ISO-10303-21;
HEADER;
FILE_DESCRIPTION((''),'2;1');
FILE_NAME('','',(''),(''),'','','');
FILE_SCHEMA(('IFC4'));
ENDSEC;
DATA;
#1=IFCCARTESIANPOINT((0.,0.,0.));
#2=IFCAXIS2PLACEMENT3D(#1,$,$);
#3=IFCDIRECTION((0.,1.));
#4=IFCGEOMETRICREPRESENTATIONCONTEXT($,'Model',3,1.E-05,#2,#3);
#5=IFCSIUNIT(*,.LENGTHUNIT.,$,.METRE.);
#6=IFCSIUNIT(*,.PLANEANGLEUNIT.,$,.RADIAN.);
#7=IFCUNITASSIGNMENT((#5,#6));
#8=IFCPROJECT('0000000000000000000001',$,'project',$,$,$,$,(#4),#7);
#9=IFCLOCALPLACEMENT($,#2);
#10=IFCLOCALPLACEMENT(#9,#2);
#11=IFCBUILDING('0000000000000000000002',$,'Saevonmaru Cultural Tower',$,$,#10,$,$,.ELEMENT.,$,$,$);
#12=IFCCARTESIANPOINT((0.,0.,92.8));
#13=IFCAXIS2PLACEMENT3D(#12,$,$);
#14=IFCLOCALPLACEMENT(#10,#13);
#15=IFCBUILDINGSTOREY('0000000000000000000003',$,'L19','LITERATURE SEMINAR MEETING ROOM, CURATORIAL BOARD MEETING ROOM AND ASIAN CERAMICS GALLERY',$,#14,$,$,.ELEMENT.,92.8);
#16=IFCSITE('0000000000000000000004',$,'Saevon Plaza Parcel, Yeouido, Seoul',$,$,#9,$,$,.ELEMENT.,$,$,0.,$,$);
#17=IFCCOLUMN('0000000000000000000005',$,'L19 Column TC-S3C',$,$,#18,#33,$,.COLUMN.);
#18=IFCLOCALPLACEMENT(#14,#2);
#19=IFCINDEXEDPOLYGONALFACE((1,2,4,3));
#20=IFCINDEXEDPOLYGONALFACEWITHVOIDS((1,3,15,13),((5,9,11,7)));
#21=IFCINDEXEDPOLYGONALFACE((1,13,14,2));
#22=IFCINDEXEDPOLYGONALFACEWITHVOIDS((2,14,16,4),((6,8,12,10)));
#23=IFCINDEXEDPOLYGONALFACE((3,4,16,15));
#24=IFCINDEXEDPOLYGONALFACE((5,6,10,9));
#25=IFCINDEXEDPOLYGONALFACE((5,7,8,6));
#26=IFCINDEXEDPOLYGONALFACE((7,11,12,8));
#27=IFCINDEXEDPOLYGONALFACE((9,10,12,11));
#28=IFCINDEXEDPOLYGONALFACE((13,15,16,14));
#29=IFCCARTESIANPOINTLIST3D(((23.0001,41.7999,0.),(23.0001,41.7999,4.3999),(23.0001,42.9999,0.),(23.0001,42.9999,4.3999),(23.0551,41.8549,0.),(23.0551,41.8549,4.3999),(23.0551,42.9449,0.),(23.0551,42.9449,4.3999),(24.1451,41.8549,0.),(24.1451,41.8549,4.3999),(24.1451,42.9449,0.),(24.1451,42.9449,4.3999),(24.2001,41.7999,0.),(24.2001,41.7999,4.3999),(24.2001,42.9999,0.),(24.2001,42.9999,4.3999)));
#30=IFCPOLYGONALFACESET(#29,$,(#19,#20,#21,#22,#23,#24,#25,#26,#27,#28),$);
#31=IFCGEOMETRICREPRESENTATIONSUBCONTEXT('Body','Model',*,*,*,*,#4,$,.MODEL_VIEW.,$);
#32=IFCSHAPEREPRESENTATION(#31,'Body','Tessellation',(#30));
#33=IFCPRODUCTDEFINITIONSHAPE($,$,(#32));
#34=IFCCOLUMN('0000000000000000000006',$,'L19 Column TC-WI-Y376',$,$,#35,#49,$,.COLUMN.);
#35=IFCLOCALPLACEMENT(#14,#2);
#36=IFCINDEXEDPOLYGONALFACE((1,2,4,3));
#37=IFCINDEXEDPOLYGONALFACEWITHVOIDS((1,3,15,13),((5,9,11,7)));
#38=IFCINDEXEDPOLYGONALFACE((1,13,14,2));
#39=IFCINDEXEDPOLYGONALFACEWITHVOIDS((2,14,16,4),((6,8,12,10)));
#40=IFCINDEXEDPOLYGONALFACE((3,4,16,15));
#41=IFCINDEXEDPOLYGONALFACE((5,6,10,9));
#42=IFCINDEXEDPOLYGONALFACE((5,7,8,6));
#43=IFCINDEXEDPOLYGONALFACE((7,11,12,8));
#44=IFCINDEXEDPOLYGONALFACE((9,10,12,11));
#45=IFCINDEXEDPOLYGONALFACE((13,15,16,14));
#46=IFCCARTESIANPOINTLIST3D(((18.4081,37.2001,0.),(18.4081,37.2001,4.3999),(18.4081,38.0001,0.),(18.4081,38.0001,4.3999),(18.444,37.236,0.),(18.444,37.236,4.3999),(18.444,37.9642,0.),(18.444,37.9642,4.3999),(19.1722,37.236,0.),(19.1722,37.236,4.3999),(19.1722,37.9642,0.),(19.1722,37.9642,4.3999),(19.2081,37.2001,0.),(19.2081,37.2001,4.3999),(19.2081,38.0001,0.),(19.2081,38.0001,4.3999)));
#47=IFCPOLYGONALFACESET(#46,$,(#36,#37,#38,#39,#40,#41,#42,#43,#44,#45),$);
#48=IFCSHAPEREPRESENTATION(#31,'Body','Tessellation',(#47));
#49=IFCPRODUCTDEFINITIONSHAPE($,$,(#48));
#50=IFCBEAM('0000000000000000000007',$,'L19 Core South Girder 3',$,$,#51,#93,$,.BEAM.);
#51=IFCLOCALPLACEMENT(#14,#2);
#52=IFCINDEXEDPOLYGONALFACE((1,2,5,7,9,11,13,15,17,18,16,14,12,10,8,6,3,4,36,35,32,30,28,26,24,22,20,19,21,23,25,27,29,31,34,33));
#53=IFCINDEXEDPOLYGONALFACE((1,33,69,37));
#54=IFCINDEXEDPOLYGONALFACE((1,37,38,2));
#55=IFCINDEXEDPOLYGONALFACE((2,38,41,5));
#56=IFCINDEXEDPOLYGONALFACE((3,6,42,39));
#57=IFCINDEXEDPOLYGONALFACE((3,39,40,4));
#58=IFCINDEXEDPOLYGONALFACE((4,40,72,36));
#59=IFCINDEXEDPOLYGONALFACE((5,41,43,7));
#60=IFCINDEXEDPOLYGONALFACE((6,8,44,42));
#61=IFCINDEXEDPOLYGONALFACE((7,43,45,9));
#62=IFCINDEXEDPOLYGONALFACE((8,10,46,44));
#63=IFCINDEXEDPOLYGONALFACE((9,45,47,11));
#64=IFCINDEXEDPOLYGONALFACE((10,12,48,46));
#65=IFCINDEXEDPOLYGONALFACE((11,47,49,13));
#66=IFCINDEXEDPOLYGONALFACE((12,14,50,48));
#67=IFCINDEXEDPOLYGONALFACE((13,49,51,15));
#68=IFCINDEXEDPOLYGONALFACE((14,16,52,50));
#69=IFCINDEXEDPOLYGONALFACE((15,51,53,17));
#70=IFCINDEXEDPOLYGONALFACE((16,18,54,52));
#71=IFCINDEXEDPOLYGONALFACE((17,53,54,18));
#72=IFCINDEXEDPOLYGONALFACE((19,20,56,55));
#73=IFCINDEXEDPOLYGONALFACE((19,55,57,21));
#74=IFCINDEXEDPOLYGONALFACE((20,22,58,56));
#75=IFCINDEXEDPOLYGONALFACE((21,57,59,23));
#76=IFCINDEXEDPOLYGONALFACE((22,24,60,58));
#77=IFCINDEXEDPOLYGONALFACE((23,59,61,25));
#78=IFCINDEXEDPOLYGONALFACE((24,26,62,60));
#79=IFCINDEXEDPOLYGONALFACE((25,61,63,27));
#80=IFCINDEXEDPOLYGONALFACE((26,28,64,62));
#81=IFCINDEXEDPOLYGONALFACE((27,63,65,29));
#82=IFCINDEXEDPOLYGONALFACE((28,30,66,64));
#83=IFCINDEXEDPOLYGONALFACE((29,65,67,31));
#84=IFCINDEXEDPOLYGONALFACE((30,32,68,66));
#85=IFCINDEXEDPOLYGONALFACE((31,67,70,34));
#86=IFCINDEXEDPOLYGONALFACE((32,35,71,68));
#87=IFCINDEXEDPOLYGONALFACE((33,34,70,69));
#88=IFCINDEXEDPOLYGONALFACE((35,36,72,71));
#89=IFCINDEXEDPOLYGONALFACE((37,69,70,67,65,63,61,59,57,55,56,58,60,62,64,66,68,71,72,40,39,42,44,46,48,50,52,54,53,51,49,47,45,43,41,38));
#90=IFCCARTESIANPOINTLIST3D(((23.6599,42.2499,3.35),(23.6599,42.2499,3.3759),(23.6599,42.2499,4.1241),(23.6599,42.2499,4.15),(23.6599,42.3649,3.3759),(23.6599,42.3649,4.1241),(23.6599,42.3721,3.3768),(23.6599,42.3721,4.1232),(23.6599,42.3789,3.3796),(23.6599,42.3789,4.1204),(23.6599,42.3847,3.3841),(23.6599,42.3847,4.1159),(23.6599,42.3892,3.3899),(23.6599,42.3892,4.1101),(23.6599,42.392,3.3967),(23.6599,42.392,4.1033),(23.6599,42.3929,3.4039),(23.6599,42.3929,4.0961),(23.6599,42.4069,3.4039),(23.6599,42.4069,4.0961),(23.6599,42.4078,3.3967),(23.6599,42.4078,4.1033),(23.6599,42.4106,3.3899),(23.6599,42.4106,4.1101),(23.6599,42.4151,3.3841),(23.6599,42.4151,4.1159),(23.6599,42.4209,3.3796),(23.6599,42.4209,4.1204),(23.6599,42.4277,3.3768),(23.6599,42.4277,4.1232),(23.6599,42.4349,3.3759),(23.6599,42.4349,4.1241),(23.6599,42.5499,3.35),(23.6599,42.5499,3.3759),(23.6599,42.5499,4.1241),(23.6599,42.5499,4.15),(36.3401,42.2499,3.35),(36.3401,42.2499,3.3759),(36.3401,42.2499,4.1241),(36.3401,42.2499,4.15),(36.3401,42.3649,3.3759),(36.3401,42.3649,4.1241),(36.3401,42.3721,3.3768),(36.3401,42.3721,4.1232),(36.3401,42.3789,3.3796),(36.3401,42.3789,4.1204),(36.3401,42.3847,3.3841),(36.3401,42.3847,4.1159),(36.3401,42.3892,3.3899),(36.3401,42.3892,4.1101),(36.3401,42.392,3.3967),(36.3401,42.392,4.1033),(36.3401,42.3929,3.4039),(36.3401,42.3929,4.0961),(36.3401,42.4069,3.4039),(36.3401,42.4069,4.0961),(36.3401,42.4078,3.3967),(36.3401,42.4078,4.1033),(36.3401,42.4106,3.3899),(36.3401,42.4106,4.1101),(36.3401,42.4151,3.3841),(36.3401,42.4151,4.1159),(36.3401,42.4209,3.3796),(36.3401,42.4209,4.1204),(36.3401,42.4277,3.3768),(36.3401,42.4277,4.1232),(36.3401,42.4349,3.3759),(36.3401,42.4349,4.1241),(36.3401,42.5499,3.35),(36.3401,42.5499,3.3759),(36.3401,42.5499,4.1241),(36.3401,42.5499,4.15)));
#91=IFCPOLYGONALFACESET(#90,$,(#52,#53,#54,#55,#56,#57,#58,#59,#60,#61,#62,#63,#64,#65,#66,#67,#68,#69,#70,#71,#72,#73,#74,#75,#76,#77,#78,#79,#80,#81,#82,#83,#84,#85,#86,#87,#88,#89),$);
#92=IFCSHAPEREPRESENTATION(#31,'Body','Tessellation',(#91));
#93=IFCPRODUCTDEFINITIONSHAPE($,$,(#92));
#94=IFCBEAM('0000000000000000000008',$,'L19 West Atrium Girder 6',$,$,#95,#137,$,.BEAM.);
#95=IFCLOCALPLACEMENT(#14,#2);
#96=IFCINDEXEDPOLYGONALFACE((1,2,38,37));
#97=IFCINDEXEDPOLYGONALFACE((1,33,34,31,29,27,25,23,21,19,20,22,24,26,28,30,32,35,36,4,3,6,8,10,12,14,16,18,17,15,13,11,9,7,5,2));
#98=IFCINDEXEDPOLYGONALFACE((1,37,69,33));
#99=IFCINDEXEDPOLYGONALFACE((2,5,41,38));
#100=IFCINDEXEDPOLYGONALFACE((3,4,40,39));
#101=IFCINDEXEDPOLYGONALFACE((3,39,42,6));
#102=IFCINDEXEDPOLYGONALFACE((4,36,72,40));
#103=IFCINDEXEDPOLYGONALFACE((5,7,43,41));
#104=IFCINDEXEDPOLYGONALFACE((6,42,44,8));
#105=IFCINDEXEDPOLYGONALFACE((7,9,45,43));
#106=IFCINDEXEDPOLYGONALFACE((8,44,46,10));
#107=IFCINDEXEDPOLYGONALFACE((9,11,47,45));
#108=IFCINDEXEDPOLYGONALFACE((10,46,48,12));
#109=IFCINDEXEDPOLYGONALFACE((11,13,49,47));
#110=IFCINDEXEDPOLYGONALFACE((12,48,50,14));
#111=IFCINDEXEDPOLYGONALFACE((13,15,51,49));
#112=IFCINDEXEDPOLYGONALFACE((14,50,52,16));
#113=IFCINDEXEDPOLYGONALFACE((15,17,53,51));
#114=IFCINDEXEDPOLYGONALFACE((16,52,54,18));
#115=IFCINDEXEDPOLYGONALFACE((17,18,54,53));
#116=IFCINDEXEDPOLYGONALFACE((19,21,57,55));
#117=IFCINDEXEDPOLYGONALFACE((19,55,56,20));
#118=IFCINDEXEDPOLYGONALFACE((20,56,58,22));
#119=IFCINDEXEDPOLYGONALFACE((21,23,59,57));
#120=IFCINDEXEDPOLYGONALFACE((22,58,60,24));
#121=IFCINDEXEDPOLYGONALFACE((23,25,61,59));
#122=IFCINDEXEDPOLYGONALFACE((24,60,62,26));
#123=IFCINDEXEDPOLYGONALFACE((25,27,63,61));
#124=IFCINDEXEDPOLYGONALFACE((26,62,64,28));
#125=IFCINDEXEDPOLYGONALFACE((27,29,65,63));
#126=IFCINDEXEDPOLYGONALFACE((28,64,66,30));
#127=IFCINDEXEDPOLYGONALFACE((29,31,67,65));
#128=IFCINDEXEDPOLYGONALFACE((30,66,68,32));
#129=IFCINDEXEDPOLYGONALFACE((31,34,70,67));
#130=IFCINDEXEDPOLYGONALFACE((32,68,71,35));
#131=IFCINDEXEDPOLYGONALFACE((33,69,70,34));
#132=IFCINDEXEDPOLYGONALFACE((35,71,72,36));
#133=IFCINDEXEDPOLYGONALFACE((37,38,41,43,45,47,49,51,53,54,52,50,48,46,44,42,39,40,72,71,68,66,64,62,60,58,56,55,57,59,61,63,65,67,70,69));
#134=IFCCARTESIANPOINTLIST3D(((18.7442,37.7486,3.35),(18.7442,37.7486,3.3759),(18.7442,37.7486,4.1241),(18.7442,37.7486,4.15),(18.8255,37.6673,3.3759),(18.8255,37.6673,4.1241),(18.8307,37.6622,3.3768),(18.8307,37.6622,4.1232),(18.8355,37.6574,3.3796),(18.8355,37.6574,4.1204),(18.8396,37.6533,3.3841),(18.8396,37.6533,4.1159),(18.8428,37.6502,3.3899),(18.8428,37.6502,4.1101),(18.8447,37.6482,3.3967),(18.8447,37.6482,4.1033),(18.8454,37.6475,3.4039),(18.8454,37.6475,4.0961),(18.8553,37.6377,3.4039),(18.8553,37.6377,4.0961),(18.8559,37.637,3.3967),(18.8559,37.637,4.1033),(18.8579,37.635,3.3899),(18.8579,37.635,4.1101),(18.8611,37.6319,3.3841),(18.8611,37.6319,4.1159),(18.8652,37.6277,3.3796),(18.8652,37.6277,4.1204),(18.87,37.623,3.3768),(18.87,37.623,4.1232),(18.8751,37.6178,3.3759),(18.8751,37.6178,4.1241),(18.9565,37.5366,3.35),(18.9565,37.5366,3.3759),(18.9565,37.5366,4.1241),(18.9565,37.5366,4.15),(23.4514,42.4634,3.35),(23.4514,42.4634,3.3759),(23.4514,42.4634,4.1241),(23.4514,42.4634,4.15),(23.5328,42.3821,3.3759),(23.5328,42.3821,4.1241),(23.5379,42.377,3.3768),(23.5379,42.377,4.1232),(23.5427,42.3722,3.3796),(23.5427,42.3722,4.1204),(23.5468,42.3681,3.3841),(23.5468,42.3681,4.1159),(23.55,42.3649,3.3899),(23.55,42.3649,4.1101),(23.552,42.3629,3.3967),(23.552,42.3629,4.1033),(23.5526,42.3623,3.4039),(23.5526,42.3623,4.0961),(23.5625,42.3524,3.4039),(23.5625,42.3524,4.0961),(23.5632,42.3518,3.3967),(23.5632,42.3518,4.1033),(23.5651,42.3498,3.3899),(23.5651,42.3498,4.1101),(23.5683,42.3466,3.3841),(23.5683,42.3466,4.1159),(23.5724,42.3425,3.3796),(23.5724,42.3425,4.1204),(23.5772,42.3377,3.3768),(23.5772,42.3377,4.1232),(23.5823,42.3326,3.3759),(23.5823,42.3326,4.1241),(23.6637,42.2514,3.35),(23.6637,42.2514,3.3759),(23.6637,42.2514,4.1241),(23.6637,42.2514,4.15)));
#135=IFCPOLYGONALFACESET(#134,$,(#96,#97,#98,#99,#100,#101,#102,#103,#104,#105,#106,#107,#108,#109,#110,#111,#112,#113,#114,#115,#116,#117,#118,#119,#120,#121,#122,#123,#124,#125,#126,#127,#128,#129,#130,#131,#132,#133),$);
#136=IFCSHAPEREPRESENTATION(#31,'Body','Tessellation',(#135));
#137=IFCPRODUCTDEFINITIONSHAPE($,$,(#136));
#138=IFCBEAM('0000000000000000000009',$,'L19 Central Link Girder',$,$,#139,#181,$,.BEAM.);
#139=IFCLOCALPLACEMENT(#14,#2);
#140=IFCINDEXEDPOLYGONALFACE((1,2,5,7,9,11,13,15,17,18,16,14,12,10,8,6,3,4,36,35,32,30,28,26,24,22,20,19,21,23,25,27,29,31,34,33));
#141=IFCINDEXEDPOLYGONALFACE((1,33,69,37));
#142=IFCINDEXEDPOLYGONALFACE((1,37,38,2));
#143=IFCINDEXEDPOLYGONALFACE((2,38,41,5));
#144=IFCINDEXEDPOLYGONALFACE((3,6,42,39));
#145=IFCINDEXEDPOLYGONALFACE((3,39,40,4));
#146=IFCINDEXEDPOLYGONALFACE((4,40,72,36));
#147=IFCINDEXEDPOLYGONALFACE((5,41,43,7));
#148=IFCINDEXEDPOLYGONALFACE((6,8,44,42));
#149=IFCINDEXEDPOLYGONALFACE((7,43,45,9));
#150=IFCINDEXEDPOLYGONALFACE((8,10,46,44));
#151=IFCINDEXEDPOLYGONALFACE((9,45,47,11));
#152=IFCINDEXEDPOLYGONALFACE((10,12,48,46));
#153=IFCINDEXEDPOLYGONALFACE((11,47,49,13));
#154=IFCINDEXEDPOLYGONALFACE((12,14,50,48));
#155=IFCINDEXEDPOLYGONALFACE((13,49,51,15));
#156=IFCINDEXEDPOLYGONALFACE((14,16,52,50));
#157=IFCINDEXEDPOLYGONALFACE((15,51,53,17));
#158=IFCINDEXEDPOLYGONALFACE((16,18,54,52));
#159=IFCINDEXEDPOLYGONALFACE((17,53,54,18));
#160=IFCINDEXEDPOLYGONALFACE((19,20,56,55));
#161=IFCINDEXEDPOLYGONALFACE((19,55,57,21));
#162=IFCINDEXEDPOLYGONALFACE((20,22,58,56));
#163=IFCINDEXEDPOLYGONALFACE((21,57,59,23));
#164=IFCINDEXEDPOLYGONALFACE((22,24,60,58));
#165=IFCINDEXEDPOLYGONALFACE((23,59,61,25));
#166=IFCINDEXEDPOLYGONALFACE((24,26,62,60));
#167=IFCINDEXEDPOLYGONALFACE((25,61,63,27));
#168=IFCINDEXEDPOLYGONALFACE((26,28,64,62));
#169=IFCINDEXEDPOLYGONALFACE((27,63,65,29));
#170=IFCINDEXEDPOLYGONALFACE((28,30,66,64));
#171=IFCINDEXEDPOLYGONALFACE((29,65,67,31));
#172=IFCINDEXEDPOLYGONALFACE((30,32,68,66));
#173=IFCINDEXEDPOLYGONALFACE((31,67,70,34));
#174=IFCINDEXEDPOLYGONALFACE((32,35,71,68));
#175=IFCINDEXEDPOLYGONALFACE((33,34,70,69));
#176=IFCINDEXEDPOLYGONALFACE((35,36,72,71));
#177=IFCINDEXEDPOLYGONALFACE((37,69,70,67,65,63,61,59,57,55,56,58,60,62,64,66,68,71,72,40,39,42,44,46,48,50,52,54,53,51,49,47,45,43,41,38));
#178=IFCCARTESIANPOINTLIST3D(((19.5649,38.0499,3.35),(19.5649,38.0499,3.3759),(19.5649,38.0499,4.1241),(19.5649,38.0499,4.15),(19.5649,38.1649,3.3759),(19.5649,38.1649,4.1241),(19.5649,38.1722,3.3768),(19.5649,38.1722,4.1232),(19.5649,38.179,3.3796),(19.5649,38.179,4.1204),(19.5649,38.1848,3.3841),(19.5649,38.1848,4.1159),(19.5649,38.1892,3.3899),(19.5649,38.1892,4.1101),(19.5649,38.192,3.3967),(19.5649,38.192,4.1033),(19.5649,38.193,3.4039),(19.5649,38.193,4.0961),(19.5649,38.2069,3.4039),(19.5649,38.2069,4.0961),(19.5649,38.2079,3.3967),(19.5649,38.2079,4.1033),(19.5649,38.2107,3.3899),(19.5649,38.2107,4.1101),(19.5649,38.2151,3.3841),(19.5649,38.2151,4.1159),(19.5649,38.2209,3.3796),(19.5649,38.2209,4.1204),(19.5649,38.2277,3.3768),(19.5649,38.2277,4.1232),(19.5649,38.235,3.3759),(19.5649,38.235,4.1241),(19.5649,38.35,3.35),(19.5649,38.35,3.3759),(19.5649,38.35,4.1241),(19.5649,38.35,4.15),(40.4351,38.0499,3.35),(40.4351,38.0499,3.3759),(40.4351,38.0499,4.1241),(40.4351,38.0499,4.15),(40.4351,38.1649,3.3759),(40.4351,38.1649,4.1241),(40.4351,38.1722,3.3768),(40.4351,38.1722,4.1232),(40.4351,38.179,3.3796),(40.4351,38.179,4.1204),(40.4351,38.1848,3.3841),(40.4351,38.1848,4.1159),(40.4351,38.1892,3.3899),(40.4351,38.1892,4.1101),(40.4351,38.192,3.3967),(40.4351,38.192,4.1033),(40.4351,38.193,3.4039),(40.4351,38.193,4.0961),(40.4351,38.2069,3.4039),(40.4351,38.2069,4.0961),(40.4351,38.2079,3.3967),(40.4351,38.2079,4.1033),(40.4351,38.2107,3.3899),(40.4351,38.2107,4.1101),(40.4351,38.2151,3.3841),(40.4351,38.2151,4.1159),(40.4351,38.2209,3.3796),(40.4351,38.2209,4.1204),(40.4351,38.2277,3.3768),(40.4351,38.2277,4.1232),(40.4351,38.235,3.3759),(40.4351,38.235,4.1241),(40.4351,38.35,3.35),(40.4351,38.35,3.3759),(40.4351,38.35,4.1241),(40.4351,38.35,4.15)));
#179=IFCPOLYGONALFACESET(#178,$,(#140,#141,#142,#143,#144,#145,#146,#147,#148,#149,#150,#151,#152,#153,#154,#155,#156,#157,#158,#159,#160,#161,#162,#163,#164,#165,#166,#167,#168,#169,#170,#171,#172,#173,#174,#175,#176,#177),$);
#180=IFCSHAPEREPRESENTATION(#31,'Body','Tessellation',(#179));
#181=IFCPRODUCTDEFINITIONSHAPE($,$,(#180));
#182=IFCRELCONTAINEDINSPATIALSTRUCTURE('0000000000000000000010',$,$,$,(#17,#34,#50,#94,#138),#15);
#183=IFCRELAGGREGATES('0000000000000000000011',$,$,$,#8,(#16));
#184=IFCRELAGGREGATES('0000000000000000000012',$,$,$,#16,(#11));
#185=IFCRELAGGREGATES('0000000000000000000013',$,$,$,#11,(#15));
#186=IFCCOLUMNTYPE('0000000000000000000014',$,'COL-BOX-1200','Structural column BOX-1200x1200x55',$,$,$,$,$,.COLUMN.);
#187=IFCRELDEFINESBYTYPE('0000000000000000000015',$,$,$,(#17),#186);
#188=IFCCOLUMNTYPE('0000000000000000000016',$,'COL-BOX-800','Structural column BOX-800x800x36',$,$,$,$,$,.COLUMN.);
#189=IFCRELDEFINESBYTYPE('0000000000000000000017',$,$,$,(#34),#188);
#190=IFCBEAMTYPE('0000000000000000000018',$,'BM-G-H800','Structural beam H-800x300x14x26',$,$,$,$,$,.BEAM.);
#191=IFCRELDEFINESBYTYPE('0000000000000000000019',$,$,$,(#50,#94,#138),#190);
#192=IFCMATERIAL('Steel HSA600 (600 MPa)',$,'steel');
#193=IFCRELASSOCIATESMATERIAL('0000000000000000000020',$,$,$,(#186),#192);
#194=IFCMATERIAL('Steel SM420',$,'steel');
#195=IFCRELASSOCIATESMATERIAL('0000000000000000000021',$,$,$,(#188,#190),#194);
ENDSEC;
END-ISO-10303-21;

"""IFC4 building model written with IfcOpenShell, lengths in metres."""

from ifc_helpers import new_model, si_unit, direction, frame, origin, origin_2d, place, context, subcontext, project, spatial, hollow_rectangle, i_section, extrude, material, material_profile, profile_set, type_object, element, save


model = new_model("IFC4")

# Units and contexts
model_context = context("Model", 3, precision=1e-05, world=origin(), true_north=direction((0.0, 1.0)))
body_context = subcontext(model_context, "Body", "Model", "MODEL_VIEW")
ifc_project = project(units=[si_unit("LENGTHUNIT", "METRE"), si_unit("PLANEANGLEUNIT", "RADIAN")], contexts=[model_context])

# Site, building, storey
site_placement = place(None, origin())
site = spatial("IfcSite", under=ifc_project, at=site_placement, Name="Saevon Plaza Parcel, Yeouido, Seoul", CompositionType="ELEMENT", RefElevation=0.0)
building_placement = place(site_placement, origin())
building = spatial("IfcBuilding", under=site, at=building_placement, Name="Saevonmaru Cultural Tower", CompositionType="ELEMENT")
storey_placement = place(building_placement, frame((0.0, 0.0, 92.8)))
storey = spatial("IfcBuildingStorey", under=building, at=storey_placement, Name="L19", Description="LITERATURE SEMINAR MEETING ROOM, CURATORIAL BOARD MEETING ROOM AND ASIAN CERAMICS GALLERY", CompositionType="ELEMENT", Elevation=92.8)

# Columns
ifc_material_1 = material(Name="Steel HSA600 (600 MPa)", Category="steel")
ifc_material_profile_1 = material_profile(ifc_material_1, hollow_rectangle(XDim=1.2, YDim=1.2, WallThickness=0.0549, at=origin_2d()), Name="BOX-1200x1200x55")
ifc_profile_set_1 = profile_set([ifc_material_profile_1], Name="Steel HSA600 (600 MPa)")
column_type_1 = type_object("IfcColumnType", Name="COL-BOX-1200", Description="Structural column BOX-1200x1200x55", PredefinedType="COLUMN", material=ifc_profile_set_1)
column_1_placement = place(storey_placement, frame((23.6001, 42.3999, 0.0), z_axis=(0.0, 0.0, 1.0), x_axis=(1.0, 0.0, 0.0)))
element("IfcColumn", 1, at=column_1_placement, inside=storey, type_object=column_type_1, Name="L19 Column TC-S3C", PredefinedType="COLUMN", context=body_context, shape_type="SweptSolid", body=[
    extrude(hollow_rectangle(XDim=1.2, YDim=1.2, WallThickness=0.0549, at=origin_2d()), origin(), (0.0, 0.0, 1.0), 4.3999),
])
ifc_material_2 = material(Name="Steel SM420", Category="steel")
ifc_material_profile_2 = material_profile(ifc_material_2, hollow_rectangle(XDim=0.8, YDim=0.8, WallThickness=0.0359, at=origin_2d()), Name="BOX-800x800x36")
ifc_profile_set_2 = profile_set([ifc_material_profile_2], Name="Steel SM420")
column_type_2 = type_object("IfcColumnType", Name="COL-BOX-800", Description="Structural column BOX-800x800x36", PredefinedType="COLUMN", material=ifc_profile_set_2)
column_2_placement = place(storey_placement, frame((18.8081, 37.6001, 0.0), z_axis=(0.0, 0.0, 1.0), x_axis=(1.0, 0.0, 0.0)))
element("IfcColumn", 2, at=column_2_placement, inside=storey, type_object=column_type_2, Name="L19 Column TC-WI-Y376", PredefinedType="COLUMN", context=body_context, shape_type="SweptSolid", body=[
    extrude(hollow_rectangle(XDim=0.8, YDim=0.8, WallThickness=0.0359, at=origin_2d()), origin(), (0.0, 0.0, 1.0), 4.3999),
])

# Beams
ifc_material_profile_3 = material_profile(ifc_material_2, i_section(OverallWidth=0.3, OverallDepth=0.8, WebThickness=0.0139, FlangeThickness=0.0259, FilletRadius=0.0281, at=origin_2d()), Name="H-800x300x14x26")
ifc_profile_set_3 = profile_set([ifc_material_profile_3], Name="Steel SM420")
beam_type = type_object("IfcBeamType", Name="BM-G-H800", Description="Structural beam H-800x300x14x26", PredefinedType="BEAM", material=ifc_profile_set_3)
beam_1_placement = place(storey_placement, frame((23.6599, 42.3999, 3.75), z_axis=(1.0, 0.0, 0.0), x_axis=(0.0, 1.0, 0.0)))
element("IfcBeam", 3, at=beam_1_placement, inside=storey, type_object=beam_type, Name="L19 Core South Girder 3", PredefinedType="BEAM", context=body_context, shape_type="SweptSolid", body=[
    extrude(i_section(OverallWidth=0.3, OverallDepth=0.8, WebThickness=0.0139, FlangeThickness=0.0259, FilletRadius=0.0281, at=origin_2d()), origin(), (0.0, 0.0, 1.0), 12.6802),
])
beam_2_placement = place(storey_placement, frame((18.8503, 37.6426, 3.75), z_axis=(0.706539, 0.707675, 0.0), x_axis=(-0.707675, 0.706539, 0.0)))
element("IfcBeam", 4, at=beam_2_placement, inside=storey, type_object=beam_type, Name="L19 West Atrium Girder 6", PredefinedType="BEAM", context=body_context, shape_type="SweptSolid", body=[
    extrude(i_section(OverallWidth=0.3, OverallDepth=0.8, WebThickness=0.0139, FlangeThickness=0.0259, FilletRadius=0.0281, at=origin_2d()), origin(), (0.0, 0.0, 1.0), 6.6624),
])
beam_3_placement = place(storey_placement, frame((19.5649, 38.2, 3.75), z_axis=(1.0, 0.0, 0.0), x_axis=(0.0, 1.0, 0.0)))
element("IfcBeam", 5, at=beam_3_placement, inside=storey, type_object=beam_type, Name="L19 Central Link Girder", PredefinedType="BEAM", context=body_context, shape_type="SweptSolid", body=[
    extrude(i_section(OverallWidth=0.3, OverallDepth=0.8, WebThickness=0.0139, FlangeThickness=0.0259, FilletRadius=0.0281, at=origin_2d()), origin(), (0.0, 0.0, 1.0), 20.8701),
])

save(model, "model.ifc")
